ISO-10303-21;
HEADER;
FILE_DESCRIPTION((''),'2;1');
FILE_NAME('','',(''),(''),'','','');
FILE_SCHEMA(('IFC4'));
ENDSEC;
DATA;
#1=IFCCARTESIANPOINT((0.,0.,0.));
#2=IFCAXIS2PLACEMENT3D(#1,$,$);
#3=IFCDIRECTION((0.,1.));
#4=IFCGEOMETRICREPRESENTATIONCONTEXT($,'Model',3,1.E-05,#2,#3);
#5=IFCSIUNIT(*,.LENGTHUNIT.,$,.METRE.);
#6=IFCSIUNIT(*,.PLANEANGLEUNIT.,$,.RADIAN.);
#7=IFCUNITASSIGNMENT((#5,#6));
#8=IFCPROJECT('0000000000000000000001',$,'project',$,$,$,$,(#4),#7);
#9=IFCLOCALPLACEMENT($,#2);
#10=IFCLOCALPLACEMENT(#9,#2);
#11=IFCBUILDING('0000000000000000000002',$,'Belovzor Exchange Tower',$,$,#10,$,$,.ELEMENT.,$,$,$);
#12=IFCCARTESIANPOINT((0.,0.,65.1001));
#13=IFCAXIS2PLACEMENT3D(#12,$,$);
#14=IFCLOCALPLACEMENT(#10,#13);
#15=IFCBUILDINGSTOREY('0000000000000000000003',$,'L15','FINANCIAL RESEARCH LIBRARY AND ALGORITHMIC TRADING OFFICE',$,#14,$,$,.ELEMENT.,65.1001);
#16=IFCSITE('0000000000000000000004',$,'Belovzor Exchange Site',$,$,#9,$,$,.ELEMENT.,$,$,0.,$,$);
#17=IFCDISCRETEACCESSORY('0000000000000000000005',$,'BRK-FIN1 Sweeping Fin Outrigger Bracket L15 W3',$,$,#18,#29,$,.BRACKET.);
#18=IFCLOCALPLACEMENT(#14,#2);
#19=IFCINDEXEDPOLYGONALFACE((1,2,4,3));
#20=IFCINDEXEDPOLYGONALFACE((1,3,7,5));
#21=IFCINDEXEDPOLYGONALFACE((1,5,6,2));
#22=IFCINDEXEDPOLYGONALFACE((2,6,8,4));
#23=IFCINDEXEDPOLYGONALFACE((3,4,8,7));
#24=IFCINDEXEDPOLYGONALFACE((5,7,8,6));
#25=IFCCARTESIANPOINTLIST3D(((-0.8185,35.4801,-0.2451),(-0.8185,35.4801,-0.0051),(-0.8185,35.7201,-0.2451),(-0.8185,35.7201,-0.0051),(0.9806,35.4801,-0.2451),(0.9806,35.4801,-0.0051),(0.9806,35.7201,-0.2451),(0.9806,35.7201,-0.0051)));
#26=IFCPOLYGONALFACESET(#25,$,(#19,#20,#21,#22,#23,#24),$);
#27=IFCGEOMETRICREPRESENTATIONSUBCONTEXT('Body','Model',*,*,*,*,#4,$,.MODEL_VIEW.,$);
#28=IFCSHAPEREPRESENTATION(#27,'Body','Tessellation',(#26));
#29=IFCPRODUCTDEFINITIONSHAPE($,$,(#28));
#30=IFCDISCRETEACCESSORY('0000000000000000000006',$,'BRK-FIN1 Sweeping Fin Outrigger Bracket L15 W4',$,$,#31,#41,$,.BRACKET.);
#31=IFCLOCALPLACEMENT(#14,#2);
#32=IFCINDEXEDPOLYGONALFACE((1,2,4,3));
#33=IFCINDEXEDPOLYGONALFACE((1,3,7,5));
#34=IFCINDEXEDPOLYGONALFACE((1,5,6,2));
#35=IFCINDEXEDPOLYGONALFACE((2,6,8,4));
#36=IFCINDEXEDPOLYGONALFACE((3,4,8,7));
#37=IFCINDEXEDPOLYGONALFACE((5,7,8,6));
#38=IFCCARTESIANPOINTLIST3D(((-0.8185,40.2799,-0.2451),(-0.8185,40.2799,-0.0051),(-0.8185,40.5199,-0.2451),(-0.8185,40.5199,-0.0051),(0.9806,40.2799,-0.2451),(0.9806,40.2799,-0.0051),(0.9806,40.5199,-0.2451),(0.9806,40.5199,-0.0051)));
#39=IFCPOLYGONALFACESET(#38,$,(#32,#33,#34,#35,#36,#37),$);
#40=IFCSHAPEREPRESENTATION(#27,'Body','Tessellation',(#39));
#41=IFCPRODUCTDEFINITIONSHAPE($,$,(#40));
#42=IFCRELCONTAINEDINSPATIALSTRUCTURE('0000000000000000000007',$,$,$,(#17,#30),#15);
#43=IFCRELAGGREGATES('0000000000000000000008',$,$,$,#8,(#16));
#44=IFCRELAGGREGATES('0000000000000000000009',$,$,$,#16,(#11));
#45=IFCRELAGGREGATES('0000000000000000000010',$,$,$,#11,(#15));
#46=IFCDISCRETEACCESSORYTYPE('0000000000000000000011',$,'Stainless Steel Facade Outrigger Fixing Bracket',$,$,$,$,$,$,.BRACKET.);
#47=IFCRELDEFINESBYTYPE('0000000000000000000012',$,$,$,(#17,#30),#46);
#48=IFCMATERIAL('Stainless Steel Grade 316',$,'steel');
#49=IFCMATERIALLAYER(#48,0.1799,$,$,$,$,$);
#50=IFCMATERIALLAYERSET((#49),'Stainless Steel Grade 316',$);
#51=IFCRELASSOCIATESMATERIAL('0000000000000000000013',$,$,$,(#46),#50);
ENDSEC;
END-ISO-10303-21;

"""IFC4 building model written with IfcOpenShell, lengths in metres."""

from ifc_helpers import new_model, si_unit, direction, frame, origin, origin_2d, place, context, subcontext, project, spatial, rectangle, extrude, material, layer, layer_set, type_object, element, save


model = new_model("IFC4")

# Units and contexts
model_context = context("Model", 3, precision=1e-05, world=origin(), true_north=direction((0.0, 1.0)))
body_context = subcontext(model_context, "Body", "Model", "MODEL_VIEW")
ifc_project = project(units=[si_unit("LENGTHUNIT", "METRE"), si_unit("PLANEANGLEUNIT", "RADIAN")], contexts=[model_context])

# Site, building, storey
site_placement = place(None, origin())
site = spatial("IfcSite", under=ifc_project, at=site_placement, Name="Belovzor Exchange Site", CompositionType="ELEMENT", RefElevation=0.0)
building_placement = place(site_placement, origin())
building = spatial("IfcBuilding", under=site, at=building_placement, Name="Belovzor Exchange Tower", CompositionType="ELEMENT")
storey_placement = place(building_placement, frame((0.0, 0.0, 65.1001)))
storey = spatial("IfcBuildingStorey", under=building, at=storey_placement, Name="L15", Description="FINANCIAL RESEARCH LIBRARY AND ALGORITHMIC TRADING OFFICE", CompositionType="ELEMENT", Elevation=65.1001)

# Discrete accessories
ifc_material_1 = material(Name="Stainless Steel Grade 316", Category="steel")
ifc_layer_1 = layer(ifc_material_1, 0.1799)
ifc_layer_set_1 = layer_set([ifc_layer_1], Name="Stainless Steel Grade 316")
discrete_accessory_type = type_object("IfcDiscreteAccessoryType", Name="Stainless Steel Facade Outrigger Fixing Bracket", PredefinedType="BRACKET", material=ifc_layer_set_1)
for number, where, z_axis, x_axis, name in (
    (1, (0.0811, 35.6001, -0.2451), (0.0, 0.0, 1.0), (1.0, 0.0, 0.0), "BRK-FIN1 Sweeping Fin Outrigger Bracket L15 W3"),
    (2, (0.0811, 40.3999, -0.2451), (0.0, 0.0, 1.0), (1.0, 0.0, 0.0), "BRK-FIN1 Sweeping Fin Outrigger Bracket L15 W4"),
):
    element("IfcDiscreteAccessory", number, at=place(storey_placement, frame(where, z_axis=z_axis, x_axis=x_axis)), inside=storey, type_object=discrete_accessory_type, Name=name, PredefinedType="BRACKET", context=body_context, shape_type="SweptSolid", body=[
        extrude(rectangle(XDim=1.7991, YDim=0.24, at=origin_2d()), origin(), (0.0, 0.0, 1.0), 0.24),
    ])

save(model, "model.ifc")
